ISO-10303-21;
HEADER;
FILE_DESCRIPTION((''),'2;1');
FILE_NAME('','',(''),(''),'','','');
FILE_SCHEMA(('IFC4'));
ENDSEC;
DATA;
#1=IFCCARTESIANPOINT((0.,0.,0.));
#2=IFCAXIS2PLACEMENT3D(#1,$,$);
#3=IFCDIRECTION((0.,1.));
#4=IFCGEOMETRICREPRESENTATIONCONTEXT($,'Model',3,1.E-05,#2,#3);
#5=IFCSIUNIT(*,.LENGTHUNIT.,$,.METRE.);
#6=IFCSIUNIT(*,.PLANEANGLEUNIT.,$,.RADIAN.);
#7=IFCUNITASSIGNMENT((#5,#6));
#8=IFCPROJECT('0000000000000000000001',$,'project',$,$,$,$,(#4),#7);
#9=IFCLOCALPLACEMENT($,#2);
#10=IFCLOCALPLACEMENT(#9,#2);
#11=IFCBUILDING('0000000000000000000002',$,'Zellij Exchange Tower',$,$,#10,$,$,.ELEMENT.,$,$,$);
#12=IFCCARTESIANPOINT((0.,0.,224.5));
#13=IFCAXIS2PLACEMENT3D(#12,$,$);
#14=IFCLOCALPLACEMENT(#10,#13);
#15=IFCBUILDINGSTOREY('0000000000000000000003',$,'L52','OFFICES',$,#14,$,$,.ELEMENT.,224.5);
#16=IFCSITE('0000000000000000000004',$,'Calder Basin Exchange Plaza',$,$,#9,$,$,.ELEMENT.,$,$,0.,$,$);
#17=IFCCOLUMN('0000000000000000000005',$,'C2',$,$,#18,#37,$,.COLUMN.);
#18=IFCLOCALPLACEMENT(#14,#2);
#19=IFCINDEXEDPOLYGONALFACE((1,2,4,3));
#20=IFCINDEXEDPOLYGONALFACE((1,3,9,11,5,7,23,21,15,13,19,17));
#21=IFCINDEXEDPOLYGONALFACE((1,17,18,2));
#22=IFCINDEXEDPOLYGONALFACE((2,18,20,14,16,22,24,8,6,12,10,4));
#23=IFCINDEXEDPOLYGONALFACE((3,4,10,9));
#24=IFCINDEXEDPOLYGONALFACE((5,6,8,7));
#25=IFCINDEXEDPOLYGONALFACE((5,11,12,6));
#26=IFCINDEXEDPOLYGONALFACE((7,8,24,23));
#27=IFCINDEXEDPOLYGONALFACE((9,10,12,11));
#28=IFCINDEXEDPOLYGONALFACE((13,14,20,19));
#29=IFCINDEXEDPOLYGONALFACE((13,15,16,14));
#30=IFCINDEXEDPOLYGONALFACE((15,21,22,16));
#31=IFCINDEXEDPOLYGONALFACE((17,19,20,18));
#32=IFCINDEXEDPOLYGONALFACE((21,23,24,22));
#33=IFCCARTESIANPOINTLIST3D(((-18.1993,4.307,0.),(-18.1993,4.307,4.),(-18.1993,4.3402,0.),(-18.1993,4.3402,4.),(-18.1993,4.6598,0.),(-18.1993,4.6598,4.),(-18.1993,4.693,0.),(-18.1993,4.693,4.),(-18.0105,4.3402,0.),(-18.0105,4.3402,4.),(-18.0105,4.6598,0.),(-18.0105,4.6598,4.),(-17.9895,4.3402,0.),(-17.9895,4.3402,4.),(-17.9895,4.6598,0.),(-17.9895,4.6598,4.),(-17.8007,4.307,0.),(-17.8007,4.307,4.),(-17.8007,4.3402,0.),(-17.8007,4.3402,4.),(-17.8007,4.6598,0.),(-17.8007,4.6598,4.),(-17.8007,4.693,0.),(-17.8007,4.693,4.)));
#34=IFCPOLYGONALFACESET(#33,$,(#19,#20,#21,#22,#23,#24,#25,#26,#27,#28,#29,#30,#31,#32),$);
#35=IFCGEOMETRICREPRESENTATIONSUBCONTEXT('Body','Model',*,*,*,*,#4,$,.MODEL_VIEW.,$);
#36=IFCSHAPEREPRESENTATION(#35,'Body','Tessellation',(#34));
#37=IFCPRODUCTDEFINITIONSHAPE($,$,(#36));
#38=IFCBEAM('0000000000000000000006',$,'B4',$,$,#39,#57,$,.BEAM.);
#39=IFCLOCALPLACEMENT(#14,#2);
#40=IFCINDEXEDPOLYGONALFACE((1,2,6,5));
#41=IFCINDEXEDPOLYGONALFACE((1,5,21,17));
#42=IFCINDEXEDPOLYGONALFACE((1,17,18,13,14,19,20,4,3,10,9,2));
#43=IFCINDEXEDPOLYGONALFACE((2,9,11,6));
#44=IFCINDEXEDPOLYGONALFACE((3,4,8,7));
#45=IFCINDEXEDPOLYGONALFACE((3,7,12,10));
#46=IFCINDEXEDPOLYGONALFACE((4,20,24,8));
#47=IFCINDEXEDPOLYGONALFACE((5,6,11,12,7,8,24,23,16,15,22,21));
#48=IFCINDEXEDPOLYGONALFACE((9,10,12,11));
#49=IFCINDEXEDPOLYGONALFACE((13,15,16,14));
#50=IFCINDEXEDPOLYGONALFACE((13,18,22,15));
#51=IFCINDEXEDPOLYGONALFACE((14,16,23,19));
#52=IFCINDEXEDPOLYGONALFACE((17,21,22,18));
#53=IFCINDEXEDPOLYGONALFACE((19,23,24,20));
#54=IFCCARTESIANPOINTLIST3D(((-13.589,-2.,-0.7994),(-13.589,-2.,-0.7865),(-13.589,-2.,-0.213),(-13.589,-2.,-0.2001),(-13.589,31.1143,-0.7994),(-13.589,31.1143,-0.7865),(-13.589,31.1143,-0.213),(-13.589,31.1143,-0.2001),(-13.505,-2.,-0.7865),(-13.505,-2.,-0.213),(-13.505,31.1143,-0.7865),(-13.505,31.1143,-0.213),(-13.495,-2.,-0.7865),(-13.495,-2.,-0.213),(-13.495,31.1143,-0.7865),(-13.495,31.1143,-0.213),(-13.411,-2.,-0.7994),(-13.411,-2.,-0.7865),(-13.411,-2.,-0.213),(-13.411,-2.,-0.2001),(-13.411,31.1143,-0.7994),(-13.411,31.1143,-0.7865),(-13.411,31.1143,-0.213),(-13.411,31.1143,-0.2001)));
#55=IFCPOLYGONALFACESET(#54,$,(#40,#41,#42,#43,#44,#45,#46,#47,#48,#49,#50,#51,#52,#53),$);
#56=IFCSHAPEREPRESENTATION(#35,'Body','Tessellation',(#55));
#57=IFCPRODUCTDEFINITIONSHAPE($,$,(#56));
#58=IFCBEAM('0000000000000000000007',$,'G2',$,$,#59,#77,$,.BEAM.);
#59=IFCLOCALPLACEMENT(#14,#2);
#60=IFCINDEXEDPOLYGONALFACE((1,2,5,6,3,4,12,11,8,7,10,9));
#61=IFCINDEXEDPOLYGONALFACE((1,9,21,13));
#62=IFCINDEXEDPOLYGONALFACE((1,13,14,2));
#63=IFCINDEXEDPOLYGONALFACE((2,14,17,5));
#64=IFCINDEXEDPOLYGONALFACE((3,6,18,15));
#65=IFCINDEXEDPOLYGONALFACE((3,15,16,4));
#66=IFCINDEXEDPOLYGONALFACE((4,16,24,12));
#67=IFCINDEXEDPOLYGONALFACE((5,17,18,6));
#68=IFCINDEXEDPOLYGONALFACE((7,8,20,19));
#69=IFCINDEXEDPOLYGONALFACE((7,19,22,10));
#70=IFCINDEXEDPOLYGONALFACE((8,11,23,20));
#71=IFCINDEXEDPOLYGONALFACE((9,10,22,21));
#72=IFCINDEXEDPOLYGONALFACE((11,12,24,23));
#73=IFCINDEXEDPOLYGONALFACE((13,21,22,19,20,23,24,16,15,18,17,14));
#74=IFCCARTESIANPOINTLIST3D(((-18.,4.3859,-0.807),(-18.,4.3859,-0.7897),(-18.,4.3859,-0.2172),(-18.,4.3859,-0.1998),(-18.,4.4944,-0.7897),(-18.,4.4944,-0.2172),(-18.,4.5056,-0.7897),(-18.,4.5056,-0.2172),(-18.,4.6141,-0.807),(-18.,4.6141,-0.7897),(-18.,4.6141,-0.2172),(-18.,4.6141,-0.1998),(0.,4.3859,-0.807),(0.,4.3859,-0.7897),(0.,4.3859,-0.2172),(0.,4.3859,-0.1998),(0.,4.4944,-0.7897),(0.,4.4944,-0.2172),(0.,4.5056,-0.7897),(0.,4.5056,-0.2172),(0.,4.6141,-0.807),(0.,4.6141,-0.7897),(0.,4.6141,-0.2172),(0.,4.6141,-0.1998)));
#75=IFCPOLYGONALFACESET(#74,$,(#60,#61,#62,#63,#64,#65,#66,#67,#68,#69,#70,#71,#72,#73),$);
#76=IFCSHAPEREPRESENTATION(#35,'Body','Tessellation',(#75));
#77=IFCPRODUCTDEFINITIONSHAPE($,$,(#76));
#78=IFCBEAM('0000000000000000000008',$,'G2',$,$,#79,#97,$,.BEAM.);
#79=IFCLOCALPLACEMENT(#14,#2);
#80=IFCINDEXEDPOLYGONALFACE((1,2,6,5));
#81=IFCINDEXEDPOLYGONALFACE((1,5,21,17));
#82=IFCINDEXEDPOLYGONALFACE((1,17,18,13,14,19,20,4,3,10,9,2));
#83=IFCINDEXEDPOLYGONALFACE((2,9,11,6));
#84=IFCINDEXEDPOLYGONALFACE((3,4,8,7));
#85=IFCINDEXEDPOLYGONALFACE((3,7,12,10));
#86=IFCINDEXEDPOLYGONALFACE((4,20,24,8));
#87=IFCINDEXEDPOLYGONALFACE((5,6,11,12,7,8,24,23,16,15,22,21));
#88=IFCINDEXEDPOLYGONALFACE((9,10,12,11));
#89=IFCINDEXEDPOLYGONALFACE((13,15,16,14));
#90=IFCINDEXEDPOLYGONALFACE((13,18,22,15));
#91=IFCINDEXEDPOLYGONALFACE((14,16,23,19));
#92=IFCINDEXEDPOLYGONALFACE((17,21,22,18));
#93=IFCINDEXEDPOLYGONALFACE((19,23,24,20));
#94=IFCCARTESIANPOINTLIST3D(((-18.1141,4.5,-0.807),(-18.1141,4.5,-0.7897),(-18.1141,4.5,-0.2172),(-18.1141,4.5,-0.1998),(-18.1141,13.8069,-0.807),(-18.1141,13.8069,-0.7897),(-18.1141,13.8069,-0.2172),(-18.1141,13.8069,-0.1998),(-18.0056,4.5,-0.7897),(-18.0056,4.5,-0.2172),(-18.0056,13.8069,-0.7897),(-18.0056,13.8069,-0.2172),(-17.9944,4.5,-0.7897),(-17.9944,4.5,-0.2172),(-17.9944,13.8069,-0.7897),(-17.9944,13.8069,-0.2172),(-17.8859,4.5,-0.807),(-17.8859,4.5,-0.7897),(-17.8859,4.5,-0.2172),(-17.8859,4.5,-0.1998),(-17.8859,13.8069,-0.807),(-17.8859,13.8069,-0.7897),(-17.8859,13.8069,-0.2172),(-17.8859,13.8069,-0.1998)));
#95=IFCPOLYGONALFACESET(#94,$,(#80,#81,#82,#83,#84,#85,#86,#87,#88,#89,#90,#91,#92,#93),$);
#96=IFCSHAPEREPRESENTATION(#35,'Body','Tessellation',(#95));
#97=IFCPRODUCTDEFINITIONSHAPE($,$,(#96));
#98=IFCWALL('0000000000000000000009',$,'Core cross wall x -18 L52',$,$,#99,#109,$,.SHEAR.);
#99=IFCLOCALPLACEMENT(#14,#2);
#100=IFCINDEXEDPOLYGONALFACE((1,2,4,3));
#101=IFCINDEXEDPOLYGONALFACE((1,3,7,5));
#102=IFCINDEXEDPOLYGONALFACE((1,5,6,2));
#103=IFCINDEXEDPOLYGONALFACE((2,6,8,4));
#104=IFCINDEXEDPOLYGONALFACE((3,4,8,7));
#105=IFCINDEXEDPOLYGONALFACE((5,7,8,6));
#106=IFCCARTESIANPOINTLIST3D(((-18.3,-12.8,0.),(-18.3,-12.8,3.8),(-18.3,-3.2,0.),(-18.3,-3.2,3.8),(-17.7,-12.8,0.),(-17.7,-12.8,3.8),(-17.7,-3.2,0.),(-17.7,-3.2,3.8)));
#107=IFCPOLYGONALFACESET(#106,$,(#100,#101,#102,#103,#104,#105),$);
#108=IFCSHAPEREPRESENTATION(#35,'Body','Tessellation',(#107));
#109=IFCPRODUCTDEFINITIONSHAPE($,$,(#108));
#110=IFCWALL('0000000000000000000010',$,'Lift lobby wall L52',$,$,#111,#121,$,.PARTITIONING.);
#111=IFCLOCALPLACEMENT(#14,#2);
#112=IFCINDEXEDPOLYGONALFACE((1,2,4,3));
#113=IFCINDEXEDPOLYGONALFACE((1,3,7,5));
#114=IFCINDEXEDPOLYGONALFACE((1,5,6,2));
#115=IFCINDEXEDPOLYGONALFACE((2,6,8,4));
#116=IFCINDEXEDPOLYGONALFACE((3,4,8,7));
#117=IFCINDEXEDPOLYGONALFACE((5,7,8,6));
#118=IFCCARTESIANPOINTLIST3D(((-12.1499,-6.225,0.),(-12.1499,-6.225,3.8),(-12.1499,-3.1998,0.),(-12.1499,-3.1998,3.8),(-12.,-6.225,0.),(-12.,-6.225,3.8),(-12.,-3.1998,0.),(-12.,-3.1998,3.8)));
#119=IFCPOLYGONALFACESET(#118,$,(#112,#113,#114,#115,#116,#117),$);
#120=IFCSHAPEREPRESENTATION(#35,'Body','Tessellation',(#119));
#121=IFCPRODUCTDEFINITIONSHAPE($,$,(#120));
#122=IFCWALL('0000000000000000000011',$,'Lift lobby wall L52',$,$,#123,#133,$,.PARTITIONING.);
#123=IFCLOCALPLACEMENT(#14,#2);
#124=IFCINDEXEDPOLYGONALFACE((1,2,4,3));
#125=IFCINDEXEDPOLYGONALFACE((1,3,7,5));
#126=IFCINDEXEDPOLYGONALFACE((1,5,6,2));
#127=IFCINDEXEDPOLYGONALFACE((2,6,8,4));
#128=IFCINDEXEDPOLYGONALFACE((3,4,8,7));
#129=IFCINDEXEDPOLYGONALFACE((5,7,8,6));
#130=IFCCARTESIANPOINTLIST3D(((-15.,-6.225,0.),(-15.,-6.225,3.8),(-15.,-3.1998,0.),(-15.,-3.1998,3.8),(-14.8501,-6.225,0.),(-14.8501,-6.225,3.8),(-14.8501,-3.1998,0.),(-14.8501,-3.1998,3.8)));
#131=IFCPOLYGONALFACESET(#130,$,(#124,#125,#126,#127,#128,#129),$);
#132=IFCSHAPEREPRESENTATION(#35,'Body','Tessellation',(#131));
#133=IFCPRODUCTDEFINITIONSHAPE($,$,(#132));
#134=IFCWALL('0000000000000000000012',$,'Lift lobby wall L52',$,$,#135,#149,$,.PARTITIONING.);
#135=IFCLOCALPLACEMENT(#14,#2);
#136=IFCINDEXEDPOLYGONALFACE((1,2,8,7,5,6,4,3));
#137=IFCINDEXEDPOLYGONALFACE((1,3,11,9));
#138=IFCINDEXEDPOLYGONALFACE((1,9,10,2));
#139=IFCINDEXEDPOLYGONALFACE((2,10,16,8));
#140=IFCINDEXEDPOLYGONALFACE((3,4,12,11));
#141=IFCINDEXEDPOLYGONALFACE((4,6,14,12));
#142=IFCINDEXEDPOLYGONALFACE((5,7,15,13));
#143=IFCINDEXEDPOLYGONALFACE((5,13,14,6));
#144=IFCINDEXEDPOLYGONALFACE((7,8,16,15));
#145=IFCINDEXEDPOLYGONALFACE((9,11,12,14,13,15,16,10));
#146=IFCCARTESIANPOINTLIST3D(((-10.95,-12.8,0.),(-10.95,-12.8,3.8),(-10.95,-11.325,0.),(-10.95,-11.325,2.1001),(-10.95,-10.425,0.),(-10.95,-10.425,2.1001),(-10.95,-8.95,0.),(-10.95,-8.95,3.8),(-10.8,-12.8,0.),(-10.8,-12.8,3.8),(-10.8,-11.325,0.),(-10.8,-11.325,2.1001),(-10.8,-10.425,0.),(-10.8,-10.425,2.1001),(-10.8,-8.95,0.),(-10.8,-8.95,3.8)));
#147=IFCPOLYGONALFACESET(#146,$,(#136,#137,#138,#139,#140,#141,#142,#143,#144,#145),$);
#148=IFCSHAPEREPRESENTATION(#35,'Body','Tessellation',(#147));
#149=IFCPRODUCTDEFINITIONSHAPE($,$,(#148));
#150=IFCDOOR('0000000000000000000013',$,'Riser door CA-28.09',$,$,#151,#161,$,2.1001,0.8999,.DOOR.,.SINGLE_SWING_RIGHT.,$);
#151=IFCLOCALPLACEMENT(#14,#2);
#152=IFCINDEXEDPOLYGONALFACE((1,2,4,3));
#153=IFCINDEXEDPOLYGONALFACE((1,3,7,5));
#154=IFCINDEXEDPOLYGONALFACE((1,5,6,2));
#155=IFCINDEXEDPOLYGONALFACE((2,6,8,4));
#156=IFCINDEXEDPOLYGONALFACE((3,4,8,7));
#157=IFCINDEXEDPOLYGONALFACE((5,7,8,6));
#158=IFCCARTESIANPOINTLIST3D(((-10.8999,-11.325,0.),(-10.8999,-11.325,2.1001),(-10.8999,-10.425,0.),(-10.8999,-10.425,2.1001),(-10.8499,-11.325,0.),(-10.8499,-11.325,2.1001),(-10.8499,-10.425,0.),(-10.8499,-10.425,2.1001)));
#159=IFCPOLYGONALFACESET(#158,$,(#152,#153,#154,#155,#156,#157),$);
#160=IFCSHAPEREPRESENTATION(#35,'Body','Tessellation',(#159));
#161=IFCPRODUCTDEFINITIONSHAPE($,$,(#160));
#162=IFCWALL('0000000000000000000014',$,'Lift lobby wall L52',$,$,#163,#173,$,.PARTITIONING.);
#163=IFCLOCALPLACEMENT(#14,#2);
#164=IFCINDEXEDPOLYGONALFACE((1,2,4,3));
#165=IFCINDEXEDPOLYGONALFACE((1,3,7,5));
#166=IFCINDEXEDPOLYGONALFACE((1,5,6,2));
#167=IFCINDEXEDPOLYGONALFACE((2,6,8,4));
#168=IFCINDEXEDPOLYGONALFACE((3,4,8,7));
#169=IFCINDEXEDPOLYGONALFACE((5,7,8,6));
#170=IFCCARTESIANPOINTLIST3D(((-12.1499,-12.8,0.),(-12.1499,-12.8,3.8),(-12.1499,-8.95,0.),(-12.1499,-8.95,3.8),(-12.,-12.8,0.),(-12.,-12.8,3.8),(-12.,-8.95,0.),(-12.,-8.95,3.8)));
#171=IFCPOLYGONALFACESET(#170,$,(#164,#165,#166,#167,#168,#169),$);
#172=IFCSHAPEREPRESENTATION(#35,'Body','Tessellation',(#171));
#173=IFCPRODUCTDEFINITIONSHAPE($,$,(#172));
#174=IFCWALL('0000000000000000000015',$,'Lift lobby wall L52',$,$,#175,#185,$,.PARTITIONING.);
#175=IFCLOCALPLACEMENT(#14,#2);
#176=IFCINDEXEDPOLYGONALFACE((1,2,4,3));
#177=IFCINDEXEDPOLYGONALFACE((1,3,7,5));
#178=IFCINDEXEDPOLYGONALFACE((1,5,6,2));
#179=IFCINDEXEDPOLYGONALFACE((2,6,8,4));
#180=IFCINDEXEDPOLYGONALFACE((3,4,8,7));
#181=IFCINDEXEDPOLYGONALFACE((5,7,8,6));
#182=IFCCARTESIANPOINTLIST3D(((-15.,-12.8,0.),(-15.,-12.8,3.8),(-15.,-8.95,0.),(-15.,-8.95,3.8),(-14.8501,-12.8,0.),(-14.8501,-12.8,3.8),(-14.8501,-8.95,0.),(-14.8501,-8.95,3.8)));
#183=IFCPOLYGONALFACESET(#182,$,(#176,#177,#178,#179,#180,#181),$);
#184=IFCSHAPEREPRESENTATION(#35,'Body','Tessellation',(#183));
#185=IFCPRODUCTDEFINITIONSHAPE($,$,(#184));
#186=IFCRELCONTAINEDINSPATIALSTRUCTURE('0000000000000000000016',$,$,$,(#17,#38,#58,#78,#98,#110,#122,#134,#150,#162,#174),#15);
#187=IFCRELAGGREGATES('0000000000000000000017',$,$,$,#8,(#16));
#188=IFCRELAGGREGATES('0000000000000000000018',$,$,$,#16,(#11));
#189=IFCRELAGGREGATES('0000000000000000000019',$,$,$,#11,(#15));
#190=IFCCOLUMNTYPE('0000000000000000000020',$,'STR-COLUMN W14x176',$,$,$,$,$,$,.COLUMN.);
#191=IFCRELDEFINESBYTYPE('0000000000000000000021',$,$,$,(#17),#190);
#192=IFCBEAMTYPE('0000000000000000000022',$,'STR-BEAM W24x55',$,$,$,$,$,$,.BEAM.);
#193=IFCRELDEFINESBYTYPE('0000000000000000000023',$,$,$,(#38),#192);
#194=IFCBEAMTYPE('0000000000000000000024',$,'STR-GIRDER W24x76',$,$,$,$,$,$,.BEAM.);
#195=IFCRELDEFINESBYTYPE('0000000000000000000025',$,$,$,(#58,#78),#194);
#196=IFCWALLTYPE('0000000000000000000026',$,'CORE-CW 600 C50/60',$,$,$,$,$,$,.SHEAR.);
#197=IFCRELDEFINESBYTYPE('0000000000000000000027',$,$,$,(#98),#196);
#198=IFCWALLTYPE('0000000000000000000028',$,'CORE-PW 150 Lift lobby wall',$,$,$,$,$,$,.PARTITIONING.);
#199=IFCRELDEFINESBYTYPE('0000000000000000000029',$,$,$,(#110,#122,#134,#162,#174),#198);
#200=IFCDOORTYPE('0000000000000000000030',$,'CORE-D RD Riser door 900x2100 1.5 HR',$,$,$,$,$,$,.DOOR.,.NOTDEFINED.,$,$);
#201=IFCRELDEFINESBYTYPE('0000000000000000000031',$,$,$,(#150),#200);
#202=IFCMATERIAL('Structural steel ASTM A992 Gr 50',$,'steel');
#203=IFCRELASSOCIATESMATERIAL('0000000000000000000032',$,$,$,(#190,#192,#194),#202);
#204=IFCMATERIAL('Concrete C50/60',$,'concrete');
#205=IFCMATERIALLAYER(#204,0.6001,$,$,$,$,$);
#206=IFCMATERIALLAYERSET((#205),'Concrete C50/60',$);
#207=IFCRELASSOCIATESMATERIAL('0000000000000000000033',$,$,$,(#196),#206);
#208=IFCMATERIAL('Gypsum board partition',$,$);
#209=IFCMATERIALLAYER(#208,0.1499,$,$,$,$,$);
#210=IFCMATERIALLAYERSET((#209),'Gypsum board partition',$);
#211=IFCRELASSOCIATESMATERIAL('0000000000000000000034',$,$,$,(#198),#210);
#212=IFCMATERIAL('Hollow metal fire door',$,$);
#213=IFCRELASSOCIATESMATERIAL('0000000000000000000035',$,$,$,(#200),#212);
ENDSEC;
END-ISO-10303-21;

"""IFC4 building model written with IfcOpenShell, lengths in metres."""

from ifc_helpers import new_model, si_unit, direction, frame, frame_2d, origin, origin_2d, place, context, subcontext, project, spatial, rectangle, i_section, extrude, material, layer, layer_set, material_profile, profile_set, type_object, element, fill, save


model = new_model("IFC4")

# Units and contexts
model_context = context("Model", 3, precision=1e-05, world=origin(), true_north=direction((0.0, 1.0)))
body_context = subcontext(model_context, "Body", "Model", "MODEL_VIEW")
ifc_project = project(units=[si_unit("LENGTHUNIT", "METRE"), si_unit("PLANEANGLEUNIT", "RADIAN")], contexts=[model_context])

# Site, building, storey
site_placement = place(None, origin())
site = spatial("IfcSite", under=ifc_project, at=site_placement, Name="Calder Basin Exchange Plaza", CompositionType="ELEMENT", RefElevation=0.0)
building_placement = place(site_placement, origin())
building = spatial("IfcBuilding", under=site, at=building_placement, Name="Zellij Exchange Tower", CompositionType="ELEMENT")
storey_placement = place(building_placement, frame((0.0, 0.0, 224.5)))
storey = spatial("IfcBuildingStorey", under=building, at=storey_placement, Name="L52", Description="OFFICES", CompositionType="ELEMENT", Elevation=224.5)

# Column
ifc_material_1 = material(Name="Structural steel ASTM A992 Gr 50", Category="steel")
ifc_material_profile_1 = material_profile(ifc_material_1, i_section(OverallWidth=0.3987, OverallDepth=0.386, WebThickness=0.021, FlangeThickness=0.0332, at=origin_2d()), Name="W14x176")
ifc_profile_set_1 = profile_set([ifc_material_profile_1], Name="Structural steel ASTM A992 Gr 50")
column_type = type_object("IfcColumnType", Name="STR-COLUMN W14x176", PredefinedType="COLUMN", material=ifc_profile_set_1)
column_placement = place(storey_placement, frame((-18.0, 4.5, 0.0), z_axis=(0.0, 0.0, 1.0), x_axis=(1.0, 0.0, 0.0)))
element("IfcColumn", 1, at=column_placement, inside=storey, type_object=column_type, Name="C2", PredefinedType="COLUMN", context=body_context, shape_type="SweptSolid", body=[
    extrude(i_section(OverallWidth=0.3987, OverallDepth=0.386, WebThickness=0.021, FlangeThickness=0.0332, at=origin_2d()), origin(), (0.0, 0.0, 1.0), 4.0),
])

# Beams
ifc_material_profile_2 = material_profile(ifc_material_1, i_section(OverallWidth=0.178, OverallDepth=0.5994, WebThickness=0.01, FlangeThickness=0.0129, at=origin_2d()), Name="W24x55")
ifc_profile_set_2 = profile_set([ifc_material_profile_2], Name="Structural steel ASTM A992 Gr 50")
beam_type_1 = type_object("IfcBeamType", Name="STR-BEAM W24x55", PredefinedType="BEAM", material=ifc_profile_set_2)
beam_1_placement = place(storey_placement, frame((-13.5, -2.0, -0.4998), z_axis=(0.0, 1.0, 0.0), x_axis=(-1.0, 0.0, 0.0)))
element("IfcBeam", 2, at=beam_1_placement, inside=storey, type_object=beam_type_1, Name="B4", PredefinedType="BEAM", context=body_context, shape_type="SweptSolid", body=[
    extrude(i_section(OverallWidth=0.178, OverallDepth=0.5994, WebThickness=0.01, FlangeThickness=0.0129, at=origin_2d()), origin(), (0.0, 0.0, 1.0), 33.1143),
])
ifc_material_profile_3 = material_profile(ifc_material_1, i_section(OverallWidth=0.2283, OverallDepth=0.6072, WebThickness=0.0112, FlangeThickness=0.0173, at=origin_2d()), Name="W24x76")
ifc_profile_set_3 = profile_set([ifc_material_profile_3], Name="Structural steel ASTM A992 Gr 50")
beam_type_2 = type_object("IfcBeamType", Name="STR-GIRDER W24x76", PredefinedType="BEAM", material=ifc_profile_set_3)
beam_2_placement = place(storey_placement, frame((-18.0, 4.5, -0.5034), z_axis=(1.0, 0.0, 0.0), x_axis=(0.0, 1.0, 0.0)))
element("IfcBeam", 3, at=beam_2_placement, inside=storey, type_object=beam_type_2, Name="G2", PredefinedType="BEAM", context=body_context, shape_type="SweptSolid", body=[
    extrude(i_section(OverallWidth=0.2283, OverallDepth=0.6072, WebThickness=0.0112, FlangeThickness=0.0173, at=origin_2d()), origin(), (0.0, 0.0, 1.0), 18.0),
])
beam_3_placement = place(storey_placement, frame((-18.0, 4.5, -0.5034), z_axis=(0.0, 1.0, 0.0), x_axis=(-1.0, 0.0, 0.0)))
element("IfcBeam", 4, at=beam_3_placement, inside=storey, type_object=beam_type_2, Name="G2", PredefinedType="BEAM", context=body_context, shape_type="SweptSolid", body=[
    extrude(i_section(OverallWidth=0.2283, OverallDepth=0.6072, WebThickness=0.0112, FlangeThickness=0.0173, at=origin_2d()), origin(), (0.0, 0.0, 1.0), 9.3069),
])

# Walls
ifc_material_2 = material(Name="Concrete C50/60", Category="concrete")
ifc_layer_1 = layer(ifc_material_2, 0.6001)
ifc_layer_set_1 = layer_set([ifc_layer_1], Name="Concrete C50/60")
wall_type_1 = type_object("IfcWallType", Name="CORE-CW 600 C50/60", PredefinedType="SHEAR", material=ifc_layer_set_1)
wall_1_placement = place(storey_placement, frame((-18.0, -12.8, 0.0), z_axis=(0.0, 0.0, 1.0), x_axis=(0.0, 1.0, 0.0)))
element("IfcWall", 5, at=wall_1_placement, inside=storey, type_object=wall_type_1, Name="Core cross wall x -18 L52", PredefinedType="SHEAR", context=body_context, shape_type="SweptSolid", body=[
    extrude(rectangle(XDim=9.6001, YDim=0.6001, at=frame_2d((4.8, 0.0))), origin(), (0.0, 0.0, 1.0), 3.8),
])
ifc_material_3 = material(Name="Gypsum board partition")
ifc_layer_2 = layer(ifc_material_3, 0.1499)
ifc_layer_set_2 = layer_set([ifc_layer_2], Name="Gypsum board partition")
wall_type_2 = type_object("IfcWallType", Name="CORE-PW 150 Lift lobby wall", PredefinedType="PARTITIONING", material=ifc_layer_set_2)
for number, where, z_axis, x_axis, name in (
    (6, (-12.075, -6.2251, 0.0), (0.0, 0.0, 1.0), (0.0, 1.0, 0.0), "Lift lobby wall L52"),
    (7, (-14.925, -6.2251, 0.0), (0.0, 0.0, 1.0), (0.0, 1.0, 0.0), "Lift lobby wall L52"),
):
    element("IfcWall", number, at=place(storey_placement, frame(where, z_axis=z_axis, x_axis=x_axis)), inside=storey, type_object=wall_type_2, Name=name, PredefinedType="PARTITIONING", context=body_context, shape_type="SweptSolid", body=[
        extrude(rectangle(XDim=3.0251, YDim=0.1499, at=frame_2d((1.5127, 0.0))), origin(), (0.0, 0.0, 1.0), 3.8),
    ])

# Wall, opening, door
wall_2_placement = place(storey_placement, frame((-10.875, -12.8, 0.0), z_axis=(0.0, 0.0, 1.0), x_axis=(0.0, 1.0, 0.0)))
wall_2 = element("IfcWall", 8, at=wall_2_placement, inside=storey, type_object=wall_type_2, Name="Lift lobby wall L52", PredefinedType="PARTITIONING", context=body_context, shape_type="SweptSolid", body=[
    extrude(rectangle(XDim=3.8501, YDim=0.1499, at=frame_2d((1.925, 0.0))), origin(), (0.0, 0.0, 1.0), 3.8),
])
opening_1_placement = place(wall_2_placement, frame((1.4751, 0.0, 0.0)))
opening_1 = element("IfcOpeningElement", 9, at=opening_1_placement, cuts=wall_2, PredefinedType="OPENING", context=body_context, shape_type="SweptSolid", body=[
    extrude(rectangle(XDim=0.8999, YDim=2.1001, at=frame_2d((0.45, 1.05))), frame((0.0, 0.0869, 0.0), z_axis=(0.0, -1.0, 0.0), x_axis=(1.0, 0.0, 0.0)), (0.0, 0.0, 1.0), 0.1738),
])
ifc_material_4 = material(Name="Hollow metal fire door")
door_type_1 = type_object("IfcDoorType", Name="CORE-D RD Riser door 900x2100 1.5 HR", OperationType="NOTDEFINED", PredefinedType="DOOR", material=ifc_material_4)
door_1_placement = place(opening_1_placement, origin())
door_1 = element("IfcDoor", 10, at=door_1_placement, inside=storey, type_object=door_type_1, Name="Riser door CA-28.09", OperationType="SINGLE_SWING_RIGHT", OverallHeight=2.1001, OverallWidth=0.8999, PredefinedType="DOOR", context=body_context, shape_type="SweptSolid", body=[
    extrude(rectangle(XDim=0.8999, YDim=2.1001, at=frame_2d((0.45, 1.05))), frame((0.0, 0.0249, 0.0), z_axis=(0.0, -1.0, 0.0), x_axis=(1.0, 0.0, 0.0)), (0.0, 0.0, 1.0), 0.05),
])
fill(opening_1, door_1)

# Walls
for number, where, z_axis, x_axis, name in (
    (11, (-12.075, -12.8, 0.0), (0.0, 0.0, 1.0), (0.0, 1.0, 0.0), "Lift lobby wall L52"),
    (12, (-14.925, -12.8, 0.0), (0.0, 0.0, 1.0), (0.0, 1.0, 0.0), "Lift lobby wall L52"),
):
    element("IfcWall", number, at=place(storey_placement, frame(where, z_axis=z_axis, x_axis=x_axis)), inside=storey, type_object=wall_type_2, Name=name, PredefinedType="PARTITIONING", context=body_context, shape_type="SweptSolid", body=[
        extrude(rectangle(XDim=3.8501, YDim=0.1499, at=frame_2d((1.925, 0.0))), origin(), (0.0, 0.0, 1.0), 3.8),
    ])

save(model, "model.ifc")
